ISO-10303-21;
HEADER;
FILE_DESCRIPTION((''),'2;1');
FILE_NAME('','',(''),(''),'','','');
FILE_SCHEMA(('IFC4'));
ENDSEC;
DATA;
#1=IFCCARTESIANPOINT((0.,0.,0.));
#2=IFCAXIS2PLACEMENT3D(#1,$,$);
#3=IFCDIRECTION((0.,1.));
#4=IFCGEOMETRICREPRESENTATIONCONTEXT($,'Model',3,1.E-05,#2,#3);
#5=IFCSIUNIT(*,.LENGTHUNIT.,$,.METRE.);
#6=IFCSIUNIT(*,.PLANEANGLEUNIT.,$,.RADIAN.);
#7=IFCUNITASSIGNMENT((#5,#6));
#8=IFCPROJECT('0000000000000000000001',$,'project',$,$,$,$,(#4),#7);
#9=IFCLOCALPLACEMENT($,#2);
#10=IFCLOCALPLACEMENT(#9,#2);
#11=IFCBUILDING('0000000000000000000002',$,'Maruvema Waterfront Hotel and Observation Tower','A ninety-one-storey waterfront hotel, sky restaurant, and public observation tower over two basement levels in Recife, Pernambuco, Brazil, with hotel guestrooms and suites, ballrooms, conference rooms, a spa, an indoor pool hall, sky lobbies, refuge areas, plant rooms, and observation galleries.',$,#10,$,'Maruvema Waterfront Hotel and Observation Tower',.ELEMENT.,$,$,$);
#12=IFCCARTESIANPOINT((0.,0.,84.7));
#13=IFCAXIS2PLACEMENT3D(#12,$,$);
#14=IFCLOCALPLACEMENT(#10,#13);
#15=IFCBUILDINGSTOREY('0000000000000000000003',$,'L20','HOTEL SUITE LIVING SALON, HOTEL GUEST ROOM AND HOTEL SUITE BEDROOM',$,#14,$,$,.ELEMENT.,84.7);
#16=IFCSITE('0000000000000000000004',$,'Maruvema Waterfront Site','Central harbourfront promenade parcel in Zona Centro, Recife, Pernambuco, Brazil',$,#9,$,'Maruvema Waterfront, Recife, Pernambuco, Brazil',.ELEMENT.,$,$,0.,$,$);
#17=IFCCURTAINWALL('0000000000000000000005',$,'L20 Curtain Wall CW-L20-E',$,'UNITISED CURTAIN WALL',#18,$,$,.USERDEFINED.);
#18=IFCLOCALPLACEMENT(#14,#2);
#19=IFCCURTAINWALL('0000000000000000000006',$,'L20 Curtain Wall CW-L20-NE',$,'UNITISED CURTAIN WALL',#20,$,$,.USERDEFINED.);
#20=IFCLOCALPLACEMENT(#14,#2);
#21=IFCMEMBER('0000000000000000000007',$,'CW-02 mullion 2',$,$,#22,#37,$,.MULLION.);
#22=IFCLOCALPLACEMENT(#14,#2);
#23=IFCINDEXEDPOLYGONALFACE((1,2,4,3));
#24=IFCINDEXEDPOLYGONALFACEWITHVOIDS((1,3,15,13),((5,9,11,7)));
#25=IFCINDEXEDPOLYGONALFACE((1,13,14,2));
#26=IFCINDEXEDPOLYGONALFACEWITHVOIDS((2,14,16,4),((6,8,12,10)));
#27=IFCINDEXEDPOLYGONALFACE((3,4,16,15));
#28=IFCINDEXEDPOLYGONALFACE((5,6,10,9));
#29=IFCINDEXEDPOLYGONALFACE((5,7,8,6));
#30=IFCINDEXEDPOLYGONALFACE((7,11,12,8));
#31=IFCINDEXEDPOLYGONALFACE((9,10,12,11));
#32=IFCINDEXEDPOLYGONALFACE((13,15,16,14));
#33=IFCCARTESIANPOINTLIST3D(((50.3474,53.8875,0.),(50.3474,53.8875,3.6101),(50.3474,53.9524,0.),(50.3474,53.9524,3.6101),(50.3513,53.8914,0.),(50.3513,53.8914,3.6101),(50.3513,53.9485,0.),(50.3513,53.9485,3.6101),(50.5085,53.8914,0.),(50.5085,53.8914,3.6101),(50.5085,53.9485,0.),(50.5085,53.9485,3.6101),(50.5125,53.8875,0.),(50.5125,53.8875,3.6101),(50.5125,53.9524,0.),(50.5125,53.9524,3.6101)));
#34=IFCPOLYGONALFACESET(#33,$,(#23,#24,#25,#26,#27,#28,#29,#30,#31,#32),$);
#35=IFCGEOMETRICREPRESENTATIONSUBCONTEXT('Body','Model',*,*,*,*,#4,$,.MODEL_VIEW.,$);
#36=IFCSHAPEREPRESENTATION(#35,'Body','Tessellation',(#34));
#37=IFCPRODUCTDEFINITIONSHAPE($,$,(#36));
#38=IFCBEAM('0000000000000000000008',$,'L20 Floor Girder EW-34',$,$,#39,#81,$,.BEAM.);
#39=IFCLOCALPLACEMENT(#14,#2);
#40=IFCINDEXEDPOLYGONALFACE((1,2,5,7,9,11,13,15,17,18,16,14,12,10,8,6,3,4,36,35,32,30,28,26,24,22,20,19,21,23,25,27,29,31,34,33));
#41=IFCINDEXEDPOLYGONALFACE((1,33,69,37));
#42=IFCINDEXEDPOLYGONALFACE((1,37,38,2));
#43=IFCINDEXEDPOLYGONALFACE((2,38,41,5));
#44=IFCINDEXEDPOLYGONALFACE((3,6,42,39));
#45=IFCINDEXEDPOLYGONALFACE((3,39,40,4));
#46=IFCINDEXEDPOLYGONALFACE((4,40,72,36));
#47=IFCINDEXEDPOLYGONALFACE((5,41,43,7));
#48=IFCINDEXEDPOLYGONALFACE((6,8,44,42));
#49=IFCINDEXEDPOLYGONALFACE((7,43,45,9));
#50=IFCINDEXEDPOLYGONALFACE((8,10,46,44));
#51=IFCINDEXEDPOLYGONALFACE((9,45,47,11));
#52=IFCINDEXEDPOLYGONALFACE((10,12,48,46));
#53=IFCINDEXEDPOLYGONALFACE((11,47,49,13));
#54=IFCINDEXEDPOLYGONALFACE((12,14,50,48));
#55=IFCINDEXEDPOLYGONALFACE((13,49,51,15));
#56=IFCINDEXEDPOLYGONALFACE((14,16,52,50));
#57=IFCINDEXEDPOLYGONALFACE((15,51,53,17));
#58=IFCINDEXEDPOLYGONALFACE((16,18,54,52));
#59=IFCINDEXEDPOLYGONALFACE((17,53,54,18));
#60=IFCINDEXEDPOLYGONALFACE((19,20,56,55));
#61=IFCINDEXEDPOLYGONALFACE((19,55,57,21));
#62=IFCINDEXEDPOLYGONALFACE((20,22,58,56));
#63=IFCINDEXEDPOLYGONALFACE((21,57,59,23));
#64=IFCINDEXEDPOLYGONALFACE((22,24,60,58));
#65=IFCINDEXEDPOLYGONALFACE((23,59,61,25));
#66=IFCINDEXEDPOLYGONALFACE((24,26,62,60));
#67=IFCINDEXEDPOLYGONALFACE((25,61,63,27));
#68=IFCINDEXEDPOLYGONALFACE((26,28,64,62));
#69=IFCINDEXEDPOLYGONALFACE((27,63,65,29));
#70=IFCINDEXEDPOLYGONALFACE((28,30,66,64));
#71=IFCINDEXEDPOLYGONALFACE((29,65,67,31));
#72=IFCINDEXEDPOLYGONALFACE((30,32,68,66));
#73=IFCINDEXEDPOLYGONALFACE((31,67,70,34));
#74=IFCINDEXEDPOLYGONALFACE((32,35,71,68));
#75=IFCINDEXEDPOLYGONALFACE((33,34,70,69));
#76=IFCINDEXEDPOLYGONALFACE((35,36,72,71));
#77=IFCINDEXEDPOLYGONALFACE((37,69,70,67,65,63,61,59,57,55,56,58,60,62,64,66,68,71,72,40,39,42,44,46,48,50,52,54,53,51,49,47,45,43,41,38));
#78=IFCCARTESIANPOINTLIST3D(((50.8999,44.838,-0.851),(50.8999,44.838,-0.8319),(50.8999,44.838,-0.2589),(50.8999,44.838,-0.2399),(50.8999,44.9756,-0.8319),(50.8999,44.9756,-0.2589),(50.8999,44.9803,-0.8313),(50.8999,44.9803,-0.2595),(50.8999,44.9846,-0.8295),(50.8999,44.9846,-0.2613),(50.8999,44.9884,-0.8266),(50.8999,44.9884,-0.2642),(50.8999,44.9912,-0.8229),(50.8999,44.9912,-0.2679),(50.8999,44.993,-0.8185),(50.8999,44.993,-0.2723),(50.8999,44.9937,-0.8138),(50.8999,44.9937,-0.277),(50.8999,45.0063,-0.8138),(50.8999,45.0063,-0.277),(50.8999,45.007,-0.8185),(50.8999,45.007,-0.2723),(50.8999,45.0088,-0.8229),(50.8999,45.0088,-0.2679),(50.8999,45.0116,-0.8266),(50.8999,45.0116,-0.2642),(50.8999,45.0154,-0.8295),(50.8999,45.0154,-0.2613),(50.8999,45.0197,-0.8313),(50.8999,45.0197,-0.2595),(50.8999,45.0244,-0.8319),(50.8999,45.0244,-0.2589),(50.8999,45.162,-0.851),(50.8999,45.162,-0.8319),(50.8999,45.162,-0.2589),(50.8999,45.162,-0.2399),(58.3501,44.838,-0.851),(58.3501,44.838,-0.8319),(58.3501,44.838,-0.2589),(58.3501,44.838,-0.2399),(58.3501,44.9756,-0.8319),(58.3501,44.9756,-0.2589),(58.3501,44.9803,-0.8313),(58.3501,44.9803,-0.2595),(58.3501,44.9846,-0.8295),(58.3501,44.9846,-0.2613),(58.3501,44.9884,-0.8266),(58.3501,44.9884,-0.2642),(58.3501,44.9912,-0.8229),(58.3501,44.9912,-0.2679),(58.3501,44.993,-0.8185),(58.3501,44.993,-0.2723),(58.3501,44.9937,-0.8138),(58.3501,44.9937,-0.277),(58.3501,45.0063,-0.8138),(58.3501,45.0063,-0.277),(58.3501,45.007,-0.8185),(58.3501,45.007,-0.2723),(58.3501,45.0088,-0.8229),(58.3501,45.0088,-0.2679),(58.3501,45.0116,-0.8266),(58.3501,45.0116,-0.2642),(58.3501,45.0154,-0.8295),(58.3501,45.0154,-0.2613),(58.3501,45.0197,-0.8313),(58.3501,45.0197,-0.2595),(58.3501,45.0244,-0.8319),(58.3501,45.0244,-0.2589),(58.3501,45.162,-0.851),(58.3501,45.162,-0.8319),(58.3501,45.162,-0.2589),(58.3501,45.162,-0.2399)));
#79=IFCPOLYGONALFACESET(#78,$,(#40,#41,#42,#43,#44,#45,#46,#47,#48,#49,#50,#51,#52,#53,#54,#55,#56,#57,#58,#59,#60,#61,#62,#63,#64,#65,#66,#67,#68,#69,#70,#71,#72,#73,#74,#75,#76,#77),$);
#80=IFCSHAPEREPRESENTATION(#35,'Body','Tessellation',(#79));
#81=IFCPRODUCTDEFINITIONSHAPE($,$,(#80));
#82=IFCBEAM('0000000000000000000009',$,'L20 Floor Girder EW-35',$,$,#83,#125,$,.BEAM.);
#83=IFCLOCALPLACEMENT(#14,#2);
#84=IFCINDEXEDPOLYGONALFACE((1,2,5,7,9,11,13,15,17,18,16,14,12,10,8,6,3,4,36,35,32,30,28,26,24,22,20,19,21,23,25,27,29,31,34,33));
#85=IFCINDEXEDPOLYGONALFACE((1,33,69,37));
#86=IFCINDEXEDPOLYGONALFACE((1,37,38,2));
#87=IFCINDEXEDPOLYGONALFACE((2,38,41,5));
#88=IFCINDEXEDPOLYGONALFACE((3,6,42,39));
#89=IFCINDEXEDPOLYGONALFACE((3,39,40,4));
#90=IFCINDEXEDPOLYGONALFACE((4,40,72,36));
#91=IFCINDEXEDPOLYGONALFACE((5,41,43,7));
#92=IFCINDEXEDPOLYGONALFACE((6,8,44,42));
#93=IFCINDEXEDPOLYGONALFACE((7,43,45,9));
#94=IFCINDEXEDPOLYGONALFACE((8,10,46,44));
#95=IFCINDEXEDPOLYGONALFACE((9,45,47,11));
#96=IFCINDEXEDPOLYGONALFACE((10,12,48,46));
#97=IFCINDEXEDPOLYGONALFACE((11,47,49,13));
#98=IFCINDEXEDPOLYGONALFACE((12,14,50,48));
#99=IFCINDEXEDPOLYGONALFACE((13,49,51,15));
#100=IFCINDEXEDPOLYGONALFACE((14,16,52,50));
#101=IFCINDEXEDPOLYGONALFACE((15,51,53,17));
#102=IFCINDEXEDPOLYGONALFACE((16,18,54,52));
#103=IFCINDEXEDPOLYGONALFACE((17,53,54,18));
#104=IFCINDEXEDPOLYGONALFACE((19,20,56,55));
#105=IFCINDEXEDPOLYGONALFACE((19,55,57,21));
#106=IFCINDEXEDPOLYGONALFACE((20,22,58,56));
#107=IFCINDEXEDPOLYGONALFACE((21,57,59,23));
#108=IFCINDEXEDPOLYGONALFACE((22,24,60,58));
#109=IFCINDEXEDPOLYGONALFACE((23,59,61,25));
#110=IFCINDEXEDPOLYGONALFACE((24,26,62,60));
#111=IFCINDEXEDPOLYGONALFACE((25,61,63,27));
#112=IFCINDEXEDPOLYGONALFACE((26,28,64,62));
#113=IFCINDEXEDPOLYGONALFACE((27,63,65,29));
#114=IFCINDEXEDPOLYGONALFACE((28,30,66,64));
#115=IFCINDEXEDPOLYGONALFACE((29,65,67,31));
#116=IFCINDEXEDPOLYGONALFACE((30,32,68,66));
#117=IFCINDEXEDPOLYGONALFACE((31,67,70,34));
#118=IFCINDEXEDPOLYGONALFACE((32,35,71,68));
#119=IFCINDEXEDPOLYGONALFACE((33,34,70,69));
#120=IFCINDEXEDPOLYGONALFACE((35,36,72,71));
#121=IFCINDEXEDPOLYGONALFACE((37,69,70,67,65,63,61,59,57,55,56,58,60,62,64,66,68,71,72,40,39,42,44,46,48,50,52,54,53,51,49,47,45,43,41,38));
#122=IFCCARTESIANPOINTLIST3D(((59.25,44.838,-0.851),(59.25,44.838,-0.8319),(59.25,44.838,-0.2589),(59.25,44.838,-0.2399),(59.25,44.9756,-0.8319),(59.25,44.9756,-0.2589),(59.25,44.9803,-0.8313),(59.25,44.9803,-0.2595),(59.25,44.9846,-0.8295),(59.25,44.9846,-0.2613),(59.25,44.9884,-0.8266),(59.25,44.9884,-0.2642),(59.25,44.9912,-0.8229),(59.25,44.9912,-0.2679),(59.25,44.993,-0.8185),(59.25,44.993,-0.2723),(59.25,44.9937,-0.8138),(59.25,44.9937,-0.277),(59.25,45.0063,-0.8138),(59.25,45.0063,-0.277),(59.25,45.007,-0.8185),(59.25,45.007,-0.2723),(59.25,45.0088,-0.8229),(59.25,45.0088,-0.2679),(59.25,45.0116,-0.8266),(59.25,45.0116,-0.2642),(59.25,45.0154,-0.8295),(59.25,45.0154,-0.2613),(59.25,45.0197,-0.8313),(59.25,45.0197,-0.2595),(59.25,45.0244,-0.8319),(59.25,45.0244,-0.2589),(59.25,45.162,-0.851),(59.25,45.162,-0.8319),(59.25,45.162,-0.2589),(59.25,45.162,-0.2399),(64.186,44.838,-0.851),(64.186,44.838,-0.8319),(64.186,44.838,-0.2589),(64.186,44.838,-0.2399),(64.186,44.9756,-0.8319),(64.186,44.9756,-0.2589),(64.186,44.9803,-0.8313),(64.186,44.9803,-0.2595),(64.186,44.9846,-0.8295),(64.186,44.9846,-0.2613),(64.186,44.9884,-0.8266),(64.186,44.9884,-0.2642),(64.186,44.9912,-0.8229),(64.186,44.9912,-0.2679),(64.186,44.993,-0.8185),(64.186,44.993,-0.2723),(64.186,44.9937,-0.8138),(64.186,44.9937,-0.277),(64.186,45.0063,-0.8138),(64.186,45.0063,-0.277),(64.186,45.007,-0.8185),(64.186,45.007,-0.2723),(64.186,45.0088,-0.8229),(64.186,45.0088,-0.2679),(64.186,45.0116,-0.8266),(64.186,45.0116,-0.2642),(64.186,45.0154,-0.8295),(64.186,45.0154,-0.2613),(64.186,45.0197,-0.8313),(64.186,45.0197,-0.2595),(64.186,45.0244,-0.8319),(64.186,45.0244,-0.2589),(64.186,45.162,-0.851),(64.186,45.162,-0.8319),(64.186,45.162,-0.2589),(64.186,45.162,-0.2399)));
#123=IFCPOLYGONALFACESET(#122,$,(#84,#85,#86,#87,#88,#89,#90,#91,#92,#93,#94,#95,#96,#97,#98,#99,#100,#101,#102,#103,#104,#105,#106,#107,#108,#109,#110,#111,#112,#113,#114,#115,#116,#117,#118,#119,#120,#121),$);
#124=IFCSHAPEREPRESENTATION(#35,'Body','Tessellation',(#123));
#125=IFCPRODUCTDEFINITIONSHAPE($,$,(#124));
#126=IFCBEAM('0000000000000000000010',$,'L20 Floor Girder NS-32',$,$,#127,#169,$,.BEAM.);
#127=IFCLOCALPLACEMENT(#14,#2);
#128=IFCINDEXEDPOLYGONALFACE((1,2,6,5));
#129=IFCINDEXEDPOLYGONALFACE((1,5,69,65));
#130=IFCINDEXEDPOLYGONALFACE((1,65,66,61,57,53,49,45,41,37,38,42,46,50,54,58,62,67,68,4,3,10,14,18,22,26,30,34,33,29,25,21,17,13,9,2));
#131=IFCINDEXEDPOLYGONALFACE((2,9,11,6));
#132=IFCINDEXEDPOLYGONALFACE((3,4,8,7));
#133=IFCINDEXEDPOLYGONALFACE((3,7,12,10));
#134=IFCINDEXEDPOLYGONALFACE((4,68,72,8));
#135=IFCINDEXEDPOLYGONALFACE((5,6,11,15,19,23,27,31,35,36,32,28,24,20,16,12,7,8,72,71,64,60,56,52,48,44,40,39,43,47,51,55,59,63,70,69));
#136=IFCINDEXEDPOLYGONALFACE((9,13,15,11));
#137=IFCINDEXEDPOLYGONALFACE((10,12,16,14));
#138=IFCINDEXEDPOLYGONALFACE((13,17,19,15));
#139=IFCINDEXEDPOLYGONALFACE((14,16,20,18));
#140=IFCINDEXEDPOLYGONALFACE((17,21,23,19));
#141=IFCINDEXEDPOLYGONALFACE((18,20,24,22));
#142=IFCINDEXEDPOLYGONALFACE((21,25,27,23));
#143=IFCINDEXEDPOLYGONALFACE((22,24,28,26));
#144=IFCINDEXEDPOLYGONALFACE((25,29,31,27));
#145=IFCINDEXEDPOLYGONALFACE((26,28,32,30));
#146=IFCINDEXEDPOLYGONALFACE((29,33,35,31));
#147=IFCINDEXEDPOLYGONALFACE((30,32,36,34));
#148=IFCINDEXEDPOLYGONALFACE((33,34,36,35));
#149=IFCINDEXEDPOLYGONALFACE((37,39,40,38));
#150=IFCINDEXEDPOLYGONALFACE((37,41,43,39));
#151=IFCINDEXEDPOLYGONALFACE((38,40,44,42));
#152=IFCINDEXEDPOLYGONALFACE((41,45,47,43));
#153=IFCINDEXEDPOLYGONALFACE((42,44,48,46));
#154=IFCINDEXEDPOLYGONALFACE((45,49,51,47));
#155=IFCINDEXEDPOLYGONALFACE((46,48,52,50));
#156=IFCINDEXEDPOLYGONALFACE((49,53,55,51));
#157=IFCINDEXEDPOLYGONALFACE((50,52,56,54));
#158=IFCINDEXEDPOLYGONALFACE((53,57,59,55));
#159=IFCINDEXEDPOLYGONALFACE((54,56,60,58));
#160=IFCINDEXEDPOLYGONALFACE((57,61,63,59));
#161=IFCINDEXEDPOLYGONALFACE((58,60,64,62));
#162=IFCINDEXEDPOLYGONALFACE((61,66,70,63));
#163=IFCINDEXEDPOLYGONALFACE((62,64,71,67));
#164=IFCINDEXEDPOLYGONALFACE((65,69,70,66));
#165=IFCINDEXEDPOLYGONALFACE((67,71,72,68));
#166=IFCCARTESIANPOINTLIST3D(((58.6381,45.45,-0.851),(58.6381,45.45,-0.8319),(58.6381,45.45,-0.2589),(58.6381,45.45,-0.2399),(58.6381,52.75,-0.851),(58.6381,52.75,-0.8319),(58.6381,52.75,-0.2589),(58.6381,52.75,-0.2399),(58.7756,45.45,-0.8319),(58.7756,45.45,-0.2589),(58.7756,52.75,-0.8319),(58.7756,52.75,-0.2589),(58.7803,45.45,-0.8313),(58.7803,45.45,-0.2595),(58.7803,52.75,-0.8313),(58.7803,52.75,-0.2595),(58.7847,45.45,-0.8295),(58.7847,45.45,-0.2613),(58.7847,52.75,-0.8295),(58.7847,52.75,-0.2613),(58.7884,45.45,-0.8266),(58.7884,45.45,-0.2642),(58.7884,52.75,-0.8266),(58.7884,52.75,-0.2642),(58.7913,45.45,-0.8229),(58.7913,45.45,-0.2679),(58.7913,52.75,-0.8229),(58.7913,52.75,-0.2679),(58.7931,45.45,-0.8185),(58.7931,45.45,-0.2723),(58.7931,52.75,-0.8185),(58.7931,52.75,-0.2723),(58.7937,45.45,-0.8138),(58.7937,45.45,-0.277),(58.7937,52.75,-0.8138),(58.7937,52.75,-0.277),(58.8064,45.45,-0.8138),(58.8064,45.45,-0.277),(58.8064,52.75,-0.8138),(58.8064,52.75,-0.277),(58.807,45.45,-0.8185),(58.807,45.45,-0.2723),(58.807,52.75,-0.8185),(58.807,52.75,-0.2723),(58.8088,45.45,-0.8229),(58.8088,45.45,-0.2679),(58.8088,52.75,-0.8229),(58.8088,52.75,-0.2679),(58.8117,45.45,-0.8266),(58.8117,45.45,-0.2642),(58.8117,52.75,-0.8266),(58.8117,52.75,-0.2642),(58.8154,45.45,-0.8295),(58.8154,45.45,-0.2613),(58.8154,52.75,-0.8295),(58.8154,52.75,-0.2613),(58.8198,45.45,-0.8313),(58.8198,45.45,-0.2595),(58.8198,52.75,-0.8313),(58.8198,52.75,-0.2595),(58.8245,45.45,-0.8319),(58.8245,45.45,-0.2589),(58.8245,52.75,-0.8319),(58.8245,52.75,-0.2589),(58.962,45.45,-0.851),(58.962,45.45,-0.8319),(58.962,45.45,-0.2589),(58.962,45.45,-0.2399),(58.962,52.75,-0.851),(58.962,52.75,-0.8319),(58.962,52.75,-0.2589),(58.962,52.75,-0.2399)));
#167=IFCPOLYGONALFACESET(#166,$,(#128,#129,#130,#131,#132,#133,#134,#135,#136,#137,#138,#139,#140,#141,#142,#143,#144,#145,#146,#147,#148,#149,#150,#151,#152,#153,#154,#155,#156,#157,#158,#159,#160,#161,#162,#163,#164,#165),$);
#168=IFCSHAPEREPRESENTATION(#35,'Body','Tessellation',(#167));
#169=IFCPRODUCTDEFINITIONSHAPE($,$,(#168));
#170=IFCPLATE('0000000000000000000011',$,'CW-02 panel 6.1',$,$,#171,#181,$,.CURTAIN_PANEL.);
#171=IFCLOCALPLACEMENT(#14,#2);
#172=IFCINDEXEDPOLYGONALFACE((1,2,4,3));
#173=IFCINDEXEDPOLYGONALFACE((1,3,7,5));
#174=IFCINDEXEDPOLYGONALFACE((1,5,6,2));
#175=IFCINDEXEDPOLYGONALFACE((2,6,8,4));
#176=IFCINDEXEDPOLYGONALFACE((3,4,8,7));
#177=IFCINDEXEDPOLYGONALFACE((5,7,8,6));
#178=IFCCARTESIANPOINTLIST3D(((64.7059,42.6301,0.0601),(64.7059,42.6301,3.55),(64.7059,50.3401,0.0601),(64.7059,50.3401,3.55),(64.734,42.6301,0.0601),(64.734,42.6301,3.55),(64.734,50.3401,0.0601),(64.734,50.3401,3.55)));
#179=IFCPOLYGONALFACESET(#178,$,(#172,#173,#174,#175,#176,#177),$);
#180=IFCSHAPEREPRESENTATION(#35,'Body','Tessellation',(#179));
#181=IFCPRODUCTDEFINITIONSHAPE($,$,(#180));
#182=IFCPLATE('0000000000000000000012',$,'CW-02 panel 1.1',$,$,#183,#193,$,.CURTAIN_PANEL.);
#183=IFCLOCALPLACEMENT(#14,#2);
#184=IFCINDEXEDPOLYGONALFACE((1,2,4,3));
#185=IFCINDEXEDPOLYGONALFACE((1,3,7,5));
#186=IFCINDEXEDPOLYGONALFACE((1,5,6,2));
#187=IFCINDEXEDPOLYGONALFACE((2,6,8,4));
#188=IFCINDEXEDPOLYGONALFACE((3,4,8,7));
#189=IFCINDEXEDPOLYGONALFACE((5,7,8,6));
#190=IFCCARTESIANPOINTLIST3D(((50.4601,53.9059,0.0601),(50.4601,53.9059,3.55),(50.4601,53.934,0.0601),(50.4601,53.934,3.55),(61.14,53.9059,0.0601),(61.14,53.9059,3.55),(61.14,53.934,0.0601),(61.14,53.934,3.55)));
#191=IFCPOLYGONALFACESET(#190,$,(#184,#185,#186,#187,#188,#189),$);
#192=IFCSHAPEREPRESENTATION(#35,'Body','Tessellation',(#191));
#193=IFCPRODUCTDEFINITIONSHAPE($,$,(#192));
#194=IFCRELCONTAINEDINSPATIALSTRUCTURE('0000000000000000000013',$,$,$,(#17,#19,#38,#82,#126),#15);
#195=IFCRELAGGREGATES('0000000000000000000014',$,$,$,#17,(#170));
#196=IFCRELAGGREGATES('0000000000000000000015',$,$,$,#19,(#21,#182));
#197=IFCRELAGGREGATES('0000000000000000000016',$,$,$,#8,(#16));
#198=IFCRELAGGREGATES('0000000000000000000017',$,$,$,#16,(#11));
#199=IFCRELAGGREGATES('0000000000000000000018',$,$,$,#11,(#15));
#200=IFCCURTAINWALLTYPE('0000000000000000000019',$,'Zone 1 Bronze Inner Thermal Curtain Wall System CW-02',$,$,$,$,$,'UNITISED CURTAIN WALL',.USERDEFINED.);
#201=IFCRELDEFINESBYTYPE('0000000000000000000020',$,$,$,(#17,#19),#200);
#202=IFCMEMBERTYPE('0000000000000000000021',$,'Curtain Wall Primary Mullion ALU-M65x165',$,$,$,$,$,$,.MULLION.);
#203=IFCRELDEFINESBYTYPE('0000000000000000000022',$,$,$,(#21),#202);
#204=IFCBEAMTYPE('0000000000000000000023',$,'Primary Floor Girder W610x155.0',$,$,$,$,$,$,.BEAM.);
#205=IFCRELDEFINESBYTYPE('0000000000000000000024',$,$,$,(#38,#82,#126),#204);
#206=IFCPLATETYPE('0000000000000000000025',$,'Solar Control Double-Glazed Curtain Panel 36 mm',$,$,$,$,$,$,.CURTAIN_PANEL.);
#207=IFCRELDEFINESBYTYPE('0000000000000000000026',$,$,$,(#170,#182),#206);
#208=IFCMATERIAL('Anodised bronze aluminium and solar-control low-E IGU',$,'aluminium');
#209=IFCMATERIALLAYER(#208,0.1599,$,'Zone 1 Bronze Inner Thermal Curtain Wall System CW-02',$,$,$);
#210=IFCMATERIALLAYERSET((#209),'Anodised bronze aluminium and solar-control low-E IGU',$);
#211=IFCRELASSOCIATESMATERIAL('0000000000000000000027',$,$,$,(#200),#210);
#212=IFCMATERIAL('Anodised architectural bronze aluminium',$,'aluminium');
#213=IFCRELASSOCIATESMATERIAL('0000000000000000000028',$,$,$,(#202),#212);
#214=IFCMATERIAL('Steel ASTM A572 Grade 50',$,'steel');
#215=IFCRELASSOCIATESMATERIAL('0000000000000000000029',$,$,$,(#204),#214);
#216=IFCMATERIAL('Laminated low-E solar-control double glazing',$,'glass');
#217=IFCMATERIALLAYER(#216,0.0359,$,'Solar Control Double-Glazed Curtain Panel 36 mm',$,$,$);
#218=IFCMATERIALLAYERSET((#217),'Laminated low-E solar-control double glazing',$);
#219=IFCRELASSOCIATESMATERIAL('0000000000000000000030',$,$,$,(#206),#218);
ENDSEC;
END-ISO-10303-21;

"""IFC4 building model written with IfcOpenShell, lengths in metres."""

from ifc_helpers import new_model, si_unit, direction, frame, origin, origin_2d, place, context, subcontext, project, spatial, rectangle, hollow_rectangle, i_section, extrude, material, layer, layer_set, material_profile, profile_set, type_object, element, aggregate, save


model = new_model("IFC4")

# Units and contexts
model_context = context("Model", 3, precision=1e-05, world=origin(), true_north=direction((0.0, 1.0)))
body_context = subcontext(model_context, "Body", "Model", "MODEL_VIEW")
ifc_project = project(units=[si_unit("LENGTHUNIT", "METRE"), si_unit("PLANEANGLEUNIT", "RADIAN")], contexts=[model_context])

# Site, building, storey
site_placement = place(None, origin())
site = spatial("IfcSite", under=ifc_project, at=site_placement, Name="Maruvema Waterfront Site", Description="Central harbourfront promenade parcel in Zona Centro, Recife, Pernambuco, Brazil", LongName="Maruvema Waterfront, Recife, Pernambuco, Brazil", CompositionType="ELEMENT", RefElevation=0.0)
building_placement = place(site_placement, origin())
building = spatial("IfcBuilding", under=site, at=building_placement, Name="Maruvema Waterfront Hotel and Observation Tower", Description="A ninety-one-storey waterfront hotel, sky restaurant, and public observation tower over two basement levels in Recife, Pernambuco, Brazil, with hotel guestrooms and suites, ballrooms, conference rooms, a spa, an indoor pool hall, sky lobbies, refuge areas, plant rooms, and observation galleries.", LongName="Maruvema Waterfront Hotel and Observation Tower", CompositionType="ELEMENT")
storey_placement = place(building_placement, frame((0.0, 0.0, 84.7)))
storey = spatial("IfcBuildingStorey", under=building, at=storey_placement, Name="L20", Description="HOTEL SUITE LIVING SALON, HOTEL GUEST ROOM AND HOTEL SUITE BEDROOM", CompositionType="ELEMENT", Elevation=84.7)

# Curtain walls
ifc_material_1 = material(Name="Anodised bronze aluminium and solar-control low-E IGU", Category="aluminium")
ifc_layer_1 = layer(ifc_material_1, 0.1599, Name="Zone 1 Bronze Inner Thermal Curtain Wall System CW-02")
ifc_layer_set_1 = layer_set([ifc_layer_1], Name="Anodised bronze aluminium and solar-control low-E IGU")
curtain_wall_type = type_object("IfcCurtainWallType", Name="Zone 1 Bronze Inner Thermal Curtain Wall System CW-02", ElementType="UNITISED CURTAIN WALL", PredefinedType="USERDEFINED", material=ifc_layer_set_1)
curtain_wall_1_placement = place(storey_placement, origin())
curtain_wall_1 = element("IfcCurtainWall", 1, at=curtain_wall_1_placement, inside=storey, type_object=curtain_wall_type, Name="L20 Curtain Wall CW-L20-E", ObjectType="UNITISED CURTAIN WALL", PredefinedType="USERDEFINED")
curtain_wall_2_placement = place(storey_placement, origin())
curtain_wall_2 = element("IfcCurtainWall", 2, at=curtain_wall_2_placement, inside=storey, type_object=curtain_wall_type, Name="L20 Curtain Wall CW-L20-NE", ObjectType="UNITISED CURTAIN WALL", PredefinedType="USERDEFINED")

# Member
ifc_material_2 = material(Name="Anodised architectural bronze aluminium", Category="aluminium")
ifc_material_profile_1 = material_profile(ifc_material_2, hollow_rectangle(XDim=0.0649, YDim=0.165, WallThickness=0.0039, at=origin_2d()), Name="ALU-M65x165")
ifc_profile_set_1 = profile_set([ifc_material_profile_1], Name="Anodised architectural bronze aluminium")
member_type_1 = type_object("IfcMemberType", Name="Curtain Wall Primary Mullion ALU-M65x165", PredefinedType="MULLION", material=ifc_profile_set_1)
member_1_placement = place(storey_placement, frame((50.4299, 53.9199, 0.0), z_axis=(0.0, 0.0, 1.0), x_axis=(0.0, -1.0, 0.0)))
member_1 = element("IfcMember", 3, at=member_1_placement, type_object=member_type_1, Name="CW-02 mullion 2", PredefinedType="MULLION", context=body_context, shape_type="SweptSolid", body=[
    extrude(hollow_rectangle(XDim=0.0649, YDim=0.165, WallThickness=0.0039, at=origin_2d()), origin(), (0.0, 0.0, 1.0), 3.6101),
])

# Beams
ifc_material_3 = material(Name="Steel ASTM A572 Grade 50", Category="steel")
ifc_material_profile_2 = material_profile(ifc_material_3, i_section(OverallWidth=0.324, OverallDepth=0.6111, WebThickness=0.0127, FlangeThickness=0.019, FilletRadius=0.0181, at=origin_2d()), Name="W610x155.0")
ifc_profile_set_2 = profile_set([ifc_material_profile_2], Name="Steel ASTM A572 Grade 50")
beam_type = type_object("IfcBeamType", Name="Primary Floor Girder W610x155.0", PredefinedType="BEAM", material=ifc_profile_set_2)
beam_1_placement = place(storey_placement, frame((50.8999, 45.0, -0.5454), z_axis=(1.0, 0.0, 0.0), x_axis=(0.0, 1.0, 0.0)))
element("IfcBeam", 4, at=beam_1_placement, inside=storey, type_object=beam_type, Name="L20 Floor Girder EW-34", PredefinedType="BEAM", context=body_context, shape_type="SweptSolid", body=[
    extrude(i_section(OverallWidth=0.324, OverallDepth=0.6111, WebThickness=0.0127, FlangeThickness=0.019, FilletRadius=0.0181, at=origin_2d()), origin(), (0.0, 0.0, 1.0), 7.4502),
])
beam_2_placement = place(storey_placement, frame((59.25, 45.0, -0.5454), z_axis=(1.0, 0.0, 0.0), x_axis=(0.0, 1.0, 0.0)))
element("IfcBeam", 5, at=beam_2_placement, inside=storey, type_object=beam_type, Name="L20 Floor Girder EW-35", PredefinedType="BEAM", context=body_context, shape_type="SweptSolid", body=[
    extrude(i_section(OverallWidth=0.324, OverallDepth=0.6111, WebThickness=0.0127, FlangeThickness=0.019, FilletRadius=0.0181, at=origin_2d()), origin(), (0.0, 0.0, 1.0), 4.936),
])
beam_3_placement = place(storey_placement, frame((58.8, 45.45, -0.5454), z_axis=(0.0, 1.0, 0.0), x_axis=(-1.0, 0.0, 0.0)))
element("IfcBeam", 6, at=beam_3_placement, inside=storey, type_object=beam_type, Name="L20 Floor Girder NS-32", PredefinedType="BEAM", context=body_context, shape_type="SweptSolid", body=[
    extrude(i_section(OverallWidth=0.324, OverallDepth=0.6111, WebThickness=0.0127, FlangeThickness=0.019, FilletRadius=0.0181, at=origin_2d()), origin(), (0.0, 0.0, 1.0), 7.3),
])

# Plates
ifc_material_4 = material(Name="Laminated low-E solar-control double glazing", Category="glass")
ifc_layer_2 = layer(ifc_material_4, 0.0359, Name="Solar Control Double-Glazed Curtain Panel 36 mm")
ifc_layer_set_2 = layer_set([ifc_layer_2], Name="Laminated low-E solar-control double glazing")
plate_type_1 = type_object("IfcPlateType", Name="Solar Control Double-Glazed Curtain Panel 36 mm", PredefinedType="CURTAIN_PANEL", material=ifc_layer_set_2)
plate_1_placement = place(storey_placement, frame((64.72, 46.4851, 0.0601), z_axis=(0.0, 0.0, 1.0), x_axis=(0.0, 1.0, 0.0)))
plate_1 = element("IfcPlate", 7, at=plate_1_placement, type_object=plate_type_1, Name="CW-02 panel 6.1", PredefinedType="CURTAIN_PANEL", context=body_context, shape_type="SweptSolid", body=[
    extrude(rectangle(XDim=7.71, YDim=0.0281, at=origin_2d()), origin(), (0.0, 0.0, 1.0), 3.49),
])
aggregate(curtain_wall_1, [plate_1])
plate_2_placement = place(storey_placement, frame((55.8, 53.9199, 0.0601), z_axis=(0.0, 0.0, 1.0), x_axis=(-1.0, 0.0, 0.0)))
plate_2 = element("IfcPlate", 8, at=plate_2_placement, type_object=plate_type_1, Name="CW-02 panel 1.1", PredefinedType="CURTAIN_PANEL", context=body_context, shape_type="SweptSolid", body=[
    extrude(rectangle(XDim=10.6799, YDim=0.0281, at=origin_2d()), origin(), (0.0, 0.0, 1.0), 3.49),
])
aggregate(curtain_wall_2, [member_1, plate_2])

save(model, "model.ifc")
